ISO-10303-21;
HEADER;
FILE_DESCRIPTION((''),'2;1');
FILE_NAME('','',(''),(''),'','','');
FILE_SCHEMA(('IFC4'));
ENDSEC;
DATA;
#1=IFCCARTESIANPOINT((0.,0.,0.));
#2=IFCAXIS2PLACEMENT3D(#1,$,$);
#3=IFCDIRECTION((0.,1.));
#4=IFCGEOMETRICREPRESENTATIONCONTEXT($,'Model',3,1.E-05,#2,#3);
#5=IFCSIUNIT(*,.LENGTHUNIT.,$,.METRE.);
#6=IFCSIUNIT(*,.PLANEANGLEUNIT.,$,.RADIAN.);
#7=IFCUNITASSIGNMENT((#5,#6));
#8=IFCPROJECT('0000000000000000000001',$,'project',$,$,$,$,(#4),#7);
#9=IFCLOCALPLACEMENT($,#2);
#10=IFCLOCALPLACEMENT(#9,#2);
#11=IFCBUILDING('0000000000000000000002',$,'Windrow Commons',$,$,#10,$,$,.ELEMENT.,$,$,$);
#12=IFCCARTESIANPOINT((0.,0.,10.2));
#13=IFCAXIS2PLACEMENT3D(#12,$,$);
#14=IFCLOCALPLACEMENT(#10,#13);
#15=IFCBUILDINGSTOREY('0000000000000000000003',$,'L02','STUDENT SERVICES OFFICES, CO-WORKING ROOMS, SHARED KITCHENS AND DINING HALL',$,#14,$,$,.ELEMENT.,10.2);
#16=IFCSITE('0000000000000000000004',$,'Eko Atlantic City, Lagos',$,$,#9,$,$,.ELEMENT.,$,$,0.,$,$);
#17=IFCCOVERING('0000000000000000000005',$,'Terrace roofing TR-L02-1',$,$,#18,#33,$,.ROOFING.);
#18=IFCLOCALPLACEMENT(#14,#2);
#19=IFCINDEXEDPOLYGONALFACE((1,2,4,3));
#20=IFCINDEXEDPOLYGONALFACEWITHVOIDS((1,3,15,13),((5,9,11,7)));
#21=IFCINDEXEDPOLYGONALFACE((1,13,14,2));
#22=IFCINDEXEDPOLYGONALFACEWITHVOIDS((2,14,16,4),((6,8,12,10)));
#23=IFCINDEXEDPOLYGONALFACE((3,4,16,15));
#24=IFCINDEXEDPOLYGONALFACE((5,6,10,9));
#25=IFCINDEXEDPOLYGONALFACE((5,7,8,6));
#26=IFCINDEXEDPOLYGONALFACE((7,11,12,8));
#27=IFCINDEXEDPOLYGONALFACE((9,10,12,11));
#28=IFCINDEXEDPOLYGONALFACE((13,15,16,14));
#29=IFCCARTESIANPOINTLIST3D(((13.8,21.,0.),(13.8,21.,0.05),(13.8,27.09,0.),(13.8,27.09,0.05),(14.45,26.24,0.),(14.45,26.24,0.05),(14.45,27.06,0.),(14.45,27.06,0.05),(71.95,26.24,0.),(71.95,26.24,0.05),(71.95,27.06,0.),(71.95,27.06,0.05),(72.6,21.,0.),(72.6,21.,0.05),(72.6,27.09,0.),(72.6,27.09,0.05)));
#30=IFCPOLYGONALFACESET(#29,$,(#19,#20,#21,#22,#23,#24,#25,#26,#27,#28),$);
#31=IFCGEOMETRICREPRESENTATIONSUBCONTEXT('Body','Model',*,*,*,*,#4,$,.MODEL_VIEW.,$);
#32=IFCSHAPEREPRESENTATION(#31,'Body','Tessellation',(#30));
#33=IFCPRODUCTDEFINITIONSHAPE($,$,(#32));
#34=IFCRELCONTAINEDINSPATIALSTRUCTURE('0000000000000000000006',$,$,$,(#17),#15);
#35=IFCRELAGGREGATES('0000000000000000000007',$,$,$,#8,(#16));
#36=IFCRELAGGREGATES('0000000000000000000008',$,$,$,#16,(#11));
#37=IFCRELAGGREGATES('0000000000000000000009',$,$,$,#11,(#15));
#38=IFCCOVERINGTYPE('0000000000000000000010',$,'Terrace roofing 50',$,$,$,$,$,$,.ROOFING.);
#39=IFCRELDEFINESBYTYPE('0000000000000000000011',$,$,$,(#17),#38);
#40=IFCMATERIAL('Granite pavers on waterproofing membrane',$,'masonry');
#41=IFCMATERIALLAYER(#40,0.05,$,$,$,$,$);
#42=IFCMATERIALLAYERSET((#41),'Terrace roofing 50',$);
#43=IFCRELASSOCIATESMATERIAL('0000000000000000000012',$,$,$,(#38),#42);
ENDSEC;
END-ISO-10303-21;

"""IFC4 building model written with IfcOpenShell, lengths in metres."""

from ifc_helpers import new_model, si_unit, direction, frame, origin, place, context, subcontext, project, spatial, polyline, outline, extrude, material, layer, layer_set, type_object, element, save


model = new_model("IFC4")

# Units and contexts
model_context = context("Model", 3, precision=1e-05, world=origin(), true_north=direction((0.0, 1.0)))
body_context = subcontext(model_context, "Body", "Model", "MODEL_VIEW")
ifc_project = project(units=[si_unit("LENGTHUNIT", "METRE"), si_unit("PLANEANGLEUNIT", "RADIAN")], contexts=[model_context])

# Site, building, storey
site_placement = place(None, origin())
site = spatial("IfcSite", under=ifc_project, at=site_placement, Name="Eko Atlantic City, Lagos", CompositionType="ELEMENT", RefElevation=0.0)
building_placement = place(site_placement, origin())
building = spatial("IfcBuilding", under=site, at=building_placement, Name="Windrow Commons", CompositionType="ELEMENT")
storey_placement = place(building_placement, frame((0.0, 0.0, 10.2)))
storey = spatial("IfcBuildingStorey", under=building, at=storey_placement, Name="L02", Description="STUDENT SERVICES OFFICES, CO-WORKING ROOMS, SHARED KITCHENS AND DINING HALL", CompositionType="ELEMENT", Elevation=10.2)

# Shared definitions
placement_1 = place(storey_placement, origin())

# Covering
ifc_material_1 = material(Name="Granite pavers on waterproofing membrane", Category="masonry")
ifc_layer_1 = layer(ifc_material_1, 0.05)
ifc_layer_set_1 = layer_set([ifc_layer_1], Name="Terrace roofing 50")
covering_type = type_object("IfcCoveringType", Name="Terrace roofing 50", PredefinedType="ROOFING", material=ifc_layer_set_1)
element("IfcCovering", 1, at=placement_1, inside=storey, type_object=covering_type, Name="Terrace roofing TR-L02-1", PredefinedType="ROOFING", context=body_context, shape_type="SweptSolid", body=[
    extrude(outline(polyline([(72.6, 27.09), (72.6, 21.0), (13.8, 21.0), (13.8, 27.09), (72.6, 27.09)]), holes=[polyline([(14.45, 27.06), (14.45, 26.24), (71.95, 26.24), (71.95, 27.06), (14.45, 27.06)])]), origin(), (0.0, 0.0, 1.0), 0.05),
])

save(model, "model.ifc")
